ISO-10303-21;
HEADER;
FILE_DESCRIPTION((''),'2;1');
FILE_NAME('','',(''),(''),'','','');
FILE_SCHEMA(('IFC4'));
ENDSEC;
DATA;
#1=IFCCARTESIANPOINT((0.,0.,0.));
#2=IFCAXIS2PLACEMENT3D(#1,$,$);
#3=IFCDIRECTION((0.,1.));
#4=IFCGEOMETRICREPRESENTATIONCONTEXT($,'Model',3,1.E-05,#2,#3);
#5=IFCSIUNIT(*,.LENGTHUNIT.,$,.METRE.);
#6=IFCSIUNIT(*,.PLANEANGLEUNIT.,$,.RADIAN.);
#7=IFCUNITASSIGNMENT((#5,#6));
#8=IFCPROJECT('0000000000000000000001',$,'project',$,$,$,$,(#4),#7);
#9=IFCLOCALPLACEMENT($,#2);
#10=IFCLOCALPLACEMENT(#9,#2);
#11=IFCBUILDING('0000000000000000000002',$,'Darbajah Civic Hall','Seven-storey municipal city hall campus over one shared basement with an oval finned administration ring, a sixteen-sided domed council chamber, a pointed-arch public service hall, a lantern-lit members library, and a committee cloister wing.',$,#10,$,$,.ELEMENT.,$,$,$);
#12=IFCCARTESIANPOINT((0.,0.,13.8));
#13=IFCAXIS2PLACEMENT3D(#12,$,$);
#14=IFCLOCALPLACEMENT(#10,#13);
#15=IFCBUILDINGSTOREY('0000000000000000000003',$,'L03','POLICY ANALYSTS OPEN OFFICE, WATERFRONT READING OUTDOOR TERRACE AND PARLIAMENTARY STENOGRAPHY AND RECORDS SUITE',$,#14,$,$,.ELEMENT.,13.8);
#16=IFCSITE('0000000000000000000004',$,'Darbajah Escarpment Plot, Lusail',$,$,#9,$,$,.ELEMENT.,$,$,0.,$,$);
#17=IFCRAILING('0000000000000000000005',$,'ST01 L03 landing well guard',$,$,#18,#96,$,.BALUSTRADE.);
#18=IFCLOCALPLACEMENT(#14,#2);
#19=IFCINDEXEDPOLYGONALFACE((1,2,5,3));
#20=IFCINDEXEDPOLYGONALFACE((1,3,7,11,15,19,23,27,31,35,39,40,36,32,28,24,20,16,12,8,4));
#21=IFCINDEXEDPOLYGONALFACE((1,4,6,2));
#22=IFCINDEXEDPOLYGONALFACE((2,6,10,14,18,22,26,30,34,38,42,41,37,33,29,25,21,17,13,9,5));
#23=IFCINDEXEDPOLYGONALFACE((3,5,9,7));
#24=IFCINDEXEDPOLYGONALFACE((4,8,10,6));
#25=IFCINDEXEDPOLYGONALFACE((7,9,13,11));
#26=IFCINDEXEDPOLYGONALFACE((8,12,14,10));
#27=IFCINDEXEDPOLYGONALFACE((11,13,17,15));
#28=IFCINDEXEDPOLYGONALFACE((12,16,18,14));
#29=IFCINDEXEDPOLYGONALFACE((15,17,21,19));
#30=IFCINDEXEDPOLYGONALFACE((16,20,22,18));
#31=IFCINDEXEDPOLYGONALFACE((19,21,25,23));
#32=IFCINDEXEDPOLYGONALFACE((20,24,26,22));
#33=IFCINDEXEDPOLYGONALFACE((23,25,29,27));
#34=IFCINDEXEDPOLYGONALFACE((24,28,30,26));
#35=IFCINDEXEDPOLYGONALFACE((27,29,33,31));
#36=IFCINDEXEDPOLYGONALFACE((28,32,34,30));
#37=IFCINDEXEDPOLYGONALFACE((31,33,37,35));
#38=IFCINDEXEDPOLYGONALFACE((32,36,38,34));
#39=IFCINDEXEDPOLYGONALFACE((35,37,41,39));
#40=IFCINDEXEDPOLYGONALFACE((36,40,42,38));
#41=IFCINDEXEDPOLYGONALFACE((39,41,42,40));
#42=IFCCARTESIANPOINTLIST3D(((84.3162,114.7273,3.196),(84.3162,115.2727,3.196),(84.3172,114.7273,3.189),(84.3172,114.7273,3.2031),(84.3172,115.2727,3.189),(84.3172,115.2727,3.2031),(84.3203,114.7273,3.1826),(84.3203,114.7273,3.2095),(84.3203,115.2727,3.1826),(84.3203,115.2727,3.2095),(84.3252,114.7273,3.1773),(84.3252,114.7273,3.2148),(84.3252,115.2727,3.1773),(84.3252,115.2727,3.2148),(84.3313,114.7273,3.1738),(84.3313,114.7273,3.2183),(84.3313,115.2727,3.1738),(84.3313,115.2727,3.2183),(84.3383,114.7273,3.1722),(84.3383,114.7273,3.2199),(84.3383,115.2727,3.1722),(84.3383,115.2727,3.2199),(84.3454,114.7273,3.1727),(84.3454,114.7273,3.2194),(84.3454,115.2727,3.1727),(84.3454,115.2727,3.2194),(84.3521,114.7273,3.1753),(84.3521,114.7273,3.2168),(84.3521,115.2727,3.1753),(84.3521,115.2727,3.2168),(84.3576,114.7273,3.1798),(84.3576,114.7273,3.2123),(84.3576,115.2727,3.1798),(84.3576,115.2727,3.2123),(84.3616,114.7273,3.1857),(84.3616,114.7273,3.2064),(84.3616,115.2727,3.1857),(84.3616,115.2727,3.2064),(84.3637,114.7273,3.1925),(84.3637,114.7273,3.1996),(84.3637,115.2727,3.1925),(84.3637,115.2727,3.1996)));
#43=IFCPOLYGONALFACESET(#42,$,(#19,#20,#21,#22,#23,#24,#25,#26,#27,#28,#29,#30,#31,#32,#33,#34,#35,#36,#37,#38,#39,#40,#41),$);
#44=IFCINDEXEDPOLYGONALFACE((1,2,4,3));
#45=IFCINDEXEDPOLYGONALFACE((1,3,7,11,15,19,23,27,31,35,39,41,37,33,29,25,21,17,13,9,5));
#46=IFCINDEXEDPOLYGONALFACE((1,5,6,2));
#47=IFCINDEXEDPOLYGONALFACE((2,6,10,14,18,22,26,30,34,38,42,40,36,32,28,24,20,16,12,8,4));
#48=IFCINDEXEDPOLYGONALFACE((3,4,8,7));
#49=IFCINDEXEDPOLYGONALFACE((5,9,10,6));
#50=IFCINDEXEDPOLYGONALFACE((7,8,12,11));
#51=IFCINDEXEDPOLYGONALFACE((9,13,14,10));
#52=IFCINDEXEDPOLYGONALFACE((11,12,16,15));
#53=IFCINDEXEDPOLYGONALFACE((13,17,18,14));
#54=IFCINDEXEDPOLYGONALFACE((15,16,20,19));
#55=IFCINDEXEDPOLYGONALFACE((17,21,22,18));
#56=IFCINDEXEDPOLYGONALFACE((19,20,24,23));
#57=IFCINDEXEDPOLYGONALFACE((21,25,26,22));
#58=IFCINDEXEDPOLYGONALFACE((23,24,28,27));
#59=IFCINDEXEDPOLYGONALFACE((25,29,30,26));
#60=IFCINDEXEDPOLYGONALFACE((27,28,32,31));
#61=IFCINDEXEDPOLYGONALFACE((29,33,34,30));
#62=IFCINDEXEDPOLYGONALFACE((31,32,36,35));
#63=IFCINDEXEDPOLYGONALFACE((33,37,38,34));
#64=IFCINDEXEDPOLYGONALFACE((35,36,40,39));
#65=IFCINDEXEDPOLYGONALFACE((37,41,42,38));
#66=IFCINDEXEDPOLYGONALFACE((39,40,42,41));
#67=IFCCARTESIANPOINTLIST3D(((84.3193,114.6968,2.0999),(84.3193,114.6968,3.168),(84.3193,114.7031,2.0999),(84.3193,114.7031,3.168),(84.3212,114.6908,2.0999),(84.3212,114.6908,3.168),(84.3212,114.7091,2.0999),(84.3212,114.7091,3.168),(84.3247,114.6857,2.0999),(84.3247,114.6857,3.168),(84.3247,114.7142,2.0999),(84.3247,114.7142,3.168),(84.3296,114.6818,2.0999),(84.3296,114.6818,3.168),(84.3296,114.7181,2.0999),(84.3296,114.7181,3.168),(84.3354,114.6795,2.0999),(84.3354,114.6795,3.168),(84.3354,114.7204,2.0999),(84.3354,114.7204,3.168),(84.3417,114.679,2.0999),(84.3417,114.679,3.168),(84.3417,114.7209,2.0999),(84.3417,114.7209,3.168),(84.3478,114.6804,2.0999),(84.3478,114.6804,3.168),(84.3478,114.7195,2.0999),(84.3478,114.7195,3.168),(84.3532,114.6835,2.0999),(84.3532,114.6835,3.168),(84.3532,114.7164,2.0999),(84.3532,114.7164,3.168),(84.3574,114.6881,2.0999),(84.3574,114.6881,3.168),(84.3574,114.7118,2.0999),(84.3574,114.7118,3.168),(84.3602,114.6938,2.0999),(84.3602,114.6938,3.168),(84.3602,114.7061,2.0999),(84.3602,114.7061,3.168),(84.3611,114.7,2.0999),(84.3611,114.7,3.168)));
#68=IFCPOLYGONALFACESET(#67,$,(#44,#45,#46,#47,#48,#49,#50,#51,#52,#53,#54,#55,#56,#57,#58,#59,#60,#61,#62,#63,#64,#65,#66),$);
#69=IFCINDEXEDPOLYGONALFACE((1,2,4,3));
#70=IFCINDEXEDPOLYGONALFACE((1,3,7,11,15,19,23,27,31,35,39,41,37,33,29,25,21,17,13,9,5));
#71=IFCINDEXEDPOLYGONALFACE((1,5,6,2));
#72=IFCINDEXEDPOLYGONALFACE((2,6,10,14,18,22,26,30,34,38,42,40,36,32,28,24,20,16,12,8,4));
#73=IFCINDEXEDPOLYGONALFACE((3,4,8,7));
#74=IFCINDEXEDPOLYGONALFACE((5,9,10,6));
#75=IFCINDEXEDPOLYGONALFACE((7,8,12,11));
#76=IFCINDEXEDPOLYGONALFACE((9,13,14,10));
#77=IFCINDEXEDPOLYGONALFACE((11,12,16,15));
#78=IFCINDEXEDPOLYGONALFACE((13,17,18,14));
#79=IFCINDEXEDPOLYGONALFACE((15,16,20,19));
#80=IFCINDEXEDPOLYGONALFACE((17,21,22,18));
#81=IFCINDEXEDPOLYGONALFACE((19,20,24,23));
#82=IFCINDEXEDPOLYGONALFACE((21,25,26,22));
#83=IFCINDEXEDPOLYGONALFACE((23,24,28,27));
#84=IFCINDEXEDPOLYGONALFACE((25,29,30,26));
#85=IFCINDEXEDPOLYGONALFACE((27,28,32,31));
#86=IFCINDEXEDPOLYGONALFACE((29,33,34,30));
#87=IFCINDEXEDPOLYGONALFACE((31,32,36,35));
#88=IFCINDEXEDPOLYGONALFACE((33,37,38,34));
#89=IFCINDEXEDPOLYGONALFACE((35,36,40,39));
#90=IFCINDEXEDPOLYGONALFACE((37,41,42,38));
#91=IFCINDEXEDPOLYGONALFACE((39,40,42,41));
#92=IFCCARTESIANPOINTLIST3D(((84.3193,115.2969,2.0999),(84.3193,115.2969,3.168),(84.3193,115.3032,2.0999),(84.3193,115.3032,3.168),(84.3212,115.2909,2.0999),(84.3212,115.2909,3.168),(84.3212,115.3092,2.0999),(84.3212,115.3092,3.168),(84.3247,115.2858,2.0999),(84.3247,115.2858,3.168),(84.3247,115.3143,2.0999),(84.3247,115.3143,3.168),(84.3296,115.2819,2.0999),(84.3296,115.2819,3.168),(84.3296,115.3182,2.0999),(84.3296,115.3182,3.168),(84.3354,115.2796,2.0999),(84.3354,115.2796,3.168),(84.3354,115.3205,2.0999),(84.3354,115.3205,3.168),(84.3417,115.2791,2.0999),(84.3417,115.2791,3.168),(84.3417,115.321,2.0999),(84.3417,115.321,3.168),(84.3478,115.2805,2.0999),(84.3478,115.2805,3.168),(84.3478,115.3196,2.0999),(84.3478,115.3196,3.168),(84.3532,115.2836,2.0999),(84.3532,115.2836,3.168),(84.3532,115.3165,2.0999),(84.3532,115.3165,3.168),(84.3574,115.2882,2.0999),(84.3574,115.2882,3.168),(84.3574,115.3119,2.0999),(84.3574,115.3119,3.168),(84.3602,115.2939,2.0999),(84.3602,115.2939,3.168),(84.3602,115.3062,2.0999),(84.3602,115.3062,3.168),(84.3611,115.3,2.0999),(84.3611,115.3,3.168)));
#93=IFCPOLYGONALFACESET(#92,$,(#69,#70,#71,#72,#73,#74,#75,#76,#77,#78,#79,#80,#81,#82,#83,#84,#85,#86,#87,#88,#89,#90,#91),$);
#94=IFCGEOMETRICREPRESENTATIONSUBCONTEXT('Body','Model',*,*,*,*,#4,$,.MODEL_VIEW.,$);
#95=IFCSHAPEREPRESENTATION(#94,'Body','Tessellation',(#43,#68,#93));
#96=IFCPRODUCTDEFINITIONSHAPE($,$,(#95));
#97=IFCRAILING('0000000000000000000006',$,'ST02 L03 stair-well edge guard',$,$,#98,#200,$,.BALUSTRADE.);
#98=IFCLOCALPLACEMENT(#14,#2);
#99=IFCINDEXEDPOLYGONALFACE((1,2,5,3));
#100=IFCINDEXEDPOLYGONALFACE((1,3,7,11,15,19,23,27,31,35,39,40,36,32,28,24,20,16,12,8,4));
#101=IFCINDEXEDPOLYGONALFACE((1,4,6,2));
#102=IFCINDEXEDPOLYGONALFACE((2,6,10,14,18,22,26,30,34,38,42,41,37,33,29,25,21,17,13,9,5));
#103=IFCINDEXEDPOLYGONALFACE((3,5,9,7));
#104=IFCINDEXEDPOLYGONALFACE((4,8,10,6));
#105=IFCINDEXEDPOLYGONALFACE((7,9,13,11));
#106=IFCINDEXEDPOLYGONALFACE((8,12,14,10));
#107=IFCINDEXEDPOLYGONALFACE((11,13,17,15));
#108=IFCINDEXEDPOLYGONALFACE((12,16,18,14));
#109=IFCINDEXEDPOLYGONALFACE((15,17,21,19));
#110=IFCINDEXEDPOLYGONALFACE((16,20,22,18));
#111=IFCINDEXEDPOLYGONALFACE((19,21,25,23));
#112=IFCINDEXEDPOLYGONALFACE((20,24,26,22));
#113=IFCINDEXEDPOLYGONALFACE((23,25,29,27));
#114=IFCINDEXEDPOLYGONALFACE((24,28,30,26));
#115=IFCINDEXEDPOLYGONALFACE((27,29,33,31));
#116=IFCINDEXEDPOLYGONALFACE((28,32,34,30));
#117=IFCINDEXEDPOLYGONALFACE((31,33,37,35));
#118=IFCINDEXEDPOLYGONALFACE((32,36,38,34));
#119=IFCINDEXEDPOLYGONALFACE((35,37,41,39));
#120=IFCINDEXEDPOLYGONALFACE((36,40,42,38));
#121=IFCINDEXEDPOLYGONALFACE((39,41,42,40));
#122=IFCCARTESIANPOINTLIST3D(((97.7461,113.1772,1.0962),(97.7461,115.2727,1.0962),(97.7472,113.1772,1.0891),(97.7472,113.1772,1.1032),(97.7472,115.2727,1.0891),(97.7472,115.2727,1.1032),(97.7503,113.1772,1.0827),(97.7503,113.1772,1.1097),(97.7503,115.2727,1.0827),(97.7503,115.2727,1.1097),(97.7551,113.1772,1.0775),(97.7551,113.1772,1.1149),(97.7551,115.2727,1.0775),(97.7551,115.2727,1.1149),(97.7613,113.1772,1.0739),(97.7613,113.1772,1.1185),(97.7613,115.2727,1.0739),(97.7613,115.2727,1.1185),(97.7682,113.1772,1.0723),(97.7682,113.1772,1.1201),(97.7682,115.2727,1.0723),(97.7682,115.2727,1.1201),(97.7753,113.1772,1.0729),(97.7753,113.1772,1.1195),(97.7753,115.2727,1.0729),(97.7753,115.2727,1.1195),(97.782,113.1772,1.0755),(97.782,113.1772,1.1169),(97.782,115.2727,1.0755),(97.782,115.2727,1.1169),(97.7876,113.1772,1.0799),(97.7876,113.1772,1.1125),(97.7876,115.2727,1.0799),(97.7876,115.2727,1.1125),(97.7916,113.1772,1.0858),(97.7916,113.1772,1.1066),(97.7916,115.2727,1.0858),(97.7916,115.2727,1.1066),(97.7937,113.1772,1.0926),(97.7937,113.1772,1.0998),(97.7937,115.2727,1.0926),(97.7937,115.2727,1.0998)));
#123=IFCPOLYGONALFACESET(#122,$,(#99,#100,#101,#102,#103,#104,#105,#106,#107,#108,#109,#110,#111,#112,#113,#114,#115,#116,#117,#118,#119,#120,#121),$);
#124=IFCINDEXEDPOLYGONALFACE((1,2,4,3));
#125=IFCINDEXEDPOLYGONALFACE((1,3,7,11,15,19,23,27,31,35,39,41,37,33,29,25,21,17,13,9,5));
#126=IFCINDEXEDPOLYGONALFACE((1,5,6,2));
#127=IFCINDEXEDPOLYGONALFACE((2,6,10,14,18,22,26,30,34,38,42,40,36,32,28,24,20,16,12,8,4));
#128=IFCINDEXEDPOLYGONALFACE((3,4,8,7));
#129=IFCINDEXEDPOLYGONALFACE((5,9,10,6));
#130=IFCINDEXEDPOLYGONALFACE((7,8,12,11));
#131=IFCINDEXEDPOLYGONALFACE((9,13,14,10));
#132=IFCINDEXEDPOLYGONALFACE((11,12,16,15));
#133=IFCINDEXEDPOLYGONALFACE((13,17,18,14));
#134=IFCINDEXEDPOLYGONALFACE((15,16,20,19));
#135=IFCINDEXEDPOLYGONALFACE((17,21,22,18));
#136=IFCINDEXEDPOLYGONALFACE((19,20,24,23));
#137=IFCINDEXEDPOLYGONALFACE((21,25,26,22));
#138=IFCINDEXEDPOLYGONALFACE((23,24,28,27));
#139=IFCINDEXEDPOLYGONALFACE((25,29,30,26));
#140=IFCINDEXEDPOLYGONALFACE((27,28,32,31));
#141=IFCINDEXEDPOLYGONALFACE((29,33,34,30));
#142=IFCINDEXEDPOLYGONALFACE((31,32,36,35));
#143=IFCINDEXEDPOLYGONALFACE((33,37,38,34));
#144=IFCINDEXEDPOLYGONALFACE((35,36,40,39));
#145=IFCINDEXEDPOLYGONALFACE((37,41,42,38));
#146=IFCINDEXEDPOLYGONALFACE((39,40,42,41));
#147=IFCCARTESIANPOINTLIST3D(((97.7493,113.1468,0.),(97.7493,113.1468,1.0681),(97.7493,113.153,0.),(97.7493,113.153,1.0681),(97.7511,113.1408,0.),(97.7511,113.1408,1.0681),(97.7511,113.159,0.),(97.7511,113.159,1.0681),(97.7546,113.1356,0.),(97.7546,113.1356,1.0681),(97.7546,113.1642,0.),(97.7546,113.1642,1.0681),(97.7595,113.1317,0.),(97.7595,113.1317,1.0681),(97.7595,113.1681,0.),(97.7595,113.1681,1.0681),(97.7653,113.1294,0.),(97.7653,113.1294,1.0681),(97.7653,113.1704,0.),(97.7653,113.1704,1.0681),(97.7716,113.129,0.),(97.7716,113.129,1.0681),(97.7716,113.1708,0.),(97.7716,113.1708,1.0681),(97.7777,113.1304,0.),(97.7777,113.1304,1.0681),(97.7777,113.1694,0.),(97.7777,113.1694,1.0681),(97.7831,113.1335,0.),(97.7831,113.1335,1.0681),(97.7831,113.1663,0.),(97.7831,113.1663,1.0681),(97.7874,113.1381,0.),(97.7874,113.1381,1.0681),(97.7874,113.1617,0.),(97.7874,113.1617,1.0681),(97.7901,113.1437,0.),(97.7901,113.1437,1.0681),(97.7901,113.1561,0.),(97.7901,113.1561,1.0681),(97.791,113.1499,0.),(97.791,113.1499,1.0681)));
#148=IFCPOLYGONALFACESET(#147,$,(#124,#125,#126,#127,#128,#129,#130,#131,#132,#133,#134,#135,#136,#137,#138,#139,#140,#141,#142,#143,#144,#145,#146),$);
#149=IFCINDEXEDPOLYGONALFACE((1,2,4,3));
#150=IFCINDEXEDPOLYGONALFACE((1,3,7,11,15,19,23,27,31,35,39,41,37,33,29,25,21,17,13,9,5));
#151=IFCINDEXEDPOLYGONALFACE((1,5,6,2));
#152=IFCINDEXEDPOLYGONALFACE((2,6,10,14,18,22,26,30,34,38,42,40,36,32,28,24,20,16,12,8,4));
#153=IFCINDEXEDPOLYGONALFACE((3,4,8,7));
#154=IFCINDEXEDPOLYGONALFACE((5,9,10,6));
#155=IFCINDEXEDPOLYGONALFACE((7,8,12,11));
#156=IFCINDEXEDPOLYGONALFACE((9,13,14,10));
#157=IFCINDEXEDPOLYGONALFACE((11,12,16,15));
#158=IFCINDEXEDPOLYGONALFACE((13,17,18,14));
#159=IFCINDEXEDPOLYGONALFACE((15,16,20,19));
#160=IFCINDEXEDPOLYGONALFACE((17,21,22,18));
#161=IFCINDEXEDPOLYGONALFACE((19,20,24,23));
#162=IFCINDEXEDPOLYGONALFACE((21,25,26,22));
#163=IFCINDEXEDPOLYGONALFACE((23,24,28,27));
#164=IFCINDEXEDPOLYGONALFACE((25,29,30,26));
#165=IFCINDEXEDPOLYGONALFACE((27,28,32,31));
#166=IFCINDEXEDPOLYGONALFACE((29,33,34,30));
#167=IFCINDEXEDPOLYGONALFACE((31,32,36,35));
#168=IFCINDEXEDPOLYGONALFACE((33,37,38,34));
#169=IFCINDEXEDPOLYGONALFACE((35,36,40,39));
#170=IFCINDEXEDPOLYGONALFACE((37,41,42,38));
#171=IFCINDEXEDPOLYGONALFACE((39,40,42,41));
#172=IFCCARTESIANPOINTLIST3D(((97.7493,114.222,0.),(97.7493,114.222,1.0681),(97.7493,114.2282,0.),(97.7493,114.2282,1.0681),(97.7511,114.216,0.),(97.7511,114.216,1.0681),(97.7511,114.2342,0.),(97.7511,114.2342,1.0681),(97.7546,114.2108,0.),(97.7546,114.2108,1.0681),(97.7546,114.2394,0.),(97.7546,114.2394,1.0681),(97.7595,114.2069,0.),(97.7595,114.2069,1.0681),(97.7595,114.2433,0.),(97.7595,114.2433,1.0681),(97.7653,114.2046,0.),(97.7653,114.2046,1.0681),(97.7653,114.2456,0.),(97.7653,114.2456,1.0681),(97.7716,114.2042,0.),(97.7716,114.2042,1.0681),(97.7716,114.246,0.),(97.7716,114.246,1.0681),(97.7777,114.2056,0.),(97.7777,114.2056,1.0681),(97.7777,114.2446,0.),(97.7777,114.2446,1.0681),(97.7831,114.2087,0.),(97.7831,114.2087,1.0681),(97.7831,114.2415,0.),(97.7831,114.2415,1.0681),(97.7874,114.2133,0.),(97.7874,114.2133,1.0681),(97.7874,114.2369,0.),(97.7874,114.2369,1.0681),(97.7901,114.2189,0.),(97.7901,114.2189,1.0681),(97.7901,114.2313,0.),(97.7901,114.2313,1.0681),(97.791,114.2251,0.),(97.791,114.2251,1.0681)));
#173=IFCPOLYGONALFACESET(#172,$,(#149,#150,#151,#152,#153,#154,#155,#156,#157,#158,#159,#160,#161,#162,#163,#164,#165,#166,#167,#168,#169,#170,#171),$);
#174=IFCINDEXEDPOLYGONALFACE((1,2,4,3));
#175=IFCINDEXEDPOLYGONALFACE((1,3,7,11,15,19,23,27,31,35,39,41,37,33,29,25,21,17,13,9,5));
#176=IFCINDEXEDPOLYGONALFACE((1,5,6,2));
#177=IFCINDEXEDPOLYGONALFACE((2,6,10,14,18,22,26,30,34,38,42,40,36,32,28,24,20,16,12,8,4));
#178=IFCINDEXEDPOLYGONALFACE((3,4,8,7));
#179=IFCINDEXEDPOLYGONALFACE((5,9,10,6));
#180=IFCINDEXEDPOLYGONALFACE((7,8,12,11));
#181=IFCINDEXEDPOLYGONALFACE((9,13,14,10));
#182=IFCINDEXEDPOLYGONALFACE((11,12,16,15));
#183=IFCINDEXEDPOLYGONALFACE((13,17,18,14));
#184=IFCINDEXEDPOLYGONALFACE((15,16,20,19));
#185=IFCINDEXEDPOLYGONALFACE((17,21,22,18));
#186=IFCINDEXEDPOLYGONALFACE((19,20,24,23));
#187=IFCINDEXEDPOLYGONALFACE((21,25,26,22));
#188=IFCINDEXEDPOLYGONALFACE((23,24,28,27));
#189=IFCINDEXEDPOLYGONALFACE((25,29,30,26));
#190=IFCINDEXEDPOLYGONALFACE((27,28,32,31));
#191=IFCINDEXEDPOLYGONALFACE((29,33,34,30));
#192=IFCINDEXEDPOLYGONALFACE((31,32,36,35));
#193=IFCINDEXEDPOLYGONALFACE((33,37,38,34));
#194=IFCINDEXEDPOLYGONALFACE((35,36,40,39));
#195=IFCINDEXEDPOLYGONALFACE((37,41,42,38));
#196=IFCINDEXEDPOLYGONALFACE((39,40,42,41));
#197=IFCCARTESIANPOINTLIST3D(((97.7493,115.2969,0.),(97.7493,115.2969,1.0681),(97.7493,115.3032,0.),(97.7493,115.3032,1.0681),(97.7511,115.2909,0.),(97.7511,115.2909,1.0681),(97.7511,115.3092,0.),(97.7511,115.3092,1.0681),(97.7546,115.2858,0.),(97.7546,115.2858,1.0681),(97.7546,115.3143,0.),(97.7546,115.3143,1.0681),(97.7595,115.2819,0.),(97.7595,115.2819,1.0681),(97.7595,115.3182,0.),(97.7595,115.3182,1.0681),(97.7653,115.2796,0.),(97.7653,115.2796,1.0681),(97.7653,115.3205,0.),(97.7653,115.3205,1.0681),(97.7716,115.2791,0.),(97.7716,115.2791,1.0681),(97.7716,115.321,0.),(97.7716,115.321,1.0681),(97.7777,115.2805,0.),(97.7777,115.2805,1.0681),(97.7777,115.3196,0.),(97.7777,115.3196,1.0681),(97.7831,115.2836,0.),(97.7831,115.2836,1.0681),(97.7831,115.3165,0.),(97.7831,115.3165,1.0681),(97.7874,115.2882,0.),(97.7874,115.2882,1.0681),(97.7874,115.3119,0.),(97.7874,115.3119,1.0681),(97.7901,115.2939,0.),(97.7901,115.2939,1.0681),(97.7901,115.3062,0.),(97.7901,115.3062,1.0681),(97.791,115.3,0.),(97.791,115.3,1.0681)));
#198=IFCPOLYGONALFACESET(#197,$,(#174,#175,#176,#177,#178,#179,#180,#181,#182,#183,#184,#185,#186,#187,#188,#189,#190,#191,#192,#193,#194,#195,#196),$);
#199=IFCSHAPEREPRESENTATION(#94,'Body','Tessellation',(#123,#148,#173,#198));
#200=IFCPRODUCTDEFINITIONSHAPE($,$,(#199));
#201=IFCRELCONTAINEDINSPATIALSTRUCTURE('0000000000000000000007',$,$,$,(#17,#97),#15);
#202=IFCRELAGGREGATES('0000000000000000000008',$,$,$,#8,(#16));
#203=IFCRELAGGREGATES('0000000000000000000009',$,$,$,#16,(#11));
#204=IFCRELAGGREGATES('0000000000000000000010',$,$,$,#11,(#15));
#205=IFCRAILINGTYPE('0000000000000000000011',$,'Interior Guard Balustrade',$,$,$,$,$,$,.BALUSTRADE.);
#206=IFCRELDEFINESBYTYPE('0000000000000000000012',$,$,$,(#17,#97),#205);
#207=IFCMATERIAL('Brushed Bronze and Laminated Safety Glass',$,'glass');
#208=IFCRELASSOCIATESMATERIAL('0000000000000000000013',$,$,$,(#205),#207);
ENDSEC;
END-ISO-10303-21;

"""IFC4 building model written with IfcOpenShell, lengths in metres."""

from ifc_helpers import new_model, si_unit, direction, frame, origin, origin_2d, place, context, subcontext, project, spatial, circle, extrude, material, type_object, element, save


model = new_model("IFC4")

# Units and contexts
model_context = context("Model", 3, precision=1e-05, world=origin(), true_north=direction((0.0, 1.0)))
body_context = subcontext(model_context, "Body", "Model", "MODEL_VIEW")
ifc_project = project(units=[si_unit("LENGTHUNIT", "METRE"), si_unit("PLANEANGLEUNIT", "RADIAN")], contexts=[model_context])

# Site, building, storey
site_placement = place(None, origin())
site = spatial("IfcSite", under=ifc_project, at=site_placement, Name="Darbajah Escarpment Plot, Lusail", CompositionType="ELEMENT", RefElevation=0.0)
building_placement = place(site_placement, origin())
building = spatial("IfcBuilding", under=site, at=building_placement, Name="Darbajah Civic Hall", Description="Seven-storey municipal city hall campus over one shared basement with an oval finned administration ring, a sixteen-sided domed council chamber, a pointed-arch public service hall, a lantern-lit members library, and a committee cloister wing.", CompositionType="ELEMENT")
storey_placement = place(building_placement, frame((0.0, 0.0, 13.8)))
storey = spatial("IfcBuildingStorey", under=building, at=storey_placement, Name="L03", Description="POLICY ANALYSTS OPEN OFFICE, WATERFRONT READING OUTDOOR TERRACE AND PARLIAMENTARY STENOGRAPHY AND RECORDS SUITE", CompositionType="ELEMENT", Elevation=13.8)

# Railings
ifc_material_1 = material(Name="Brushed Bronze and Laminated Safety Glass", Category="glass")
railing_type_1 = type_object("IfcRailingType", Name="Interior Guard Balustrade", PredefinedType="BALUSTRADE", material=ifc_material_1)
railing_1_placement = place(storey_placement, frame((84.3401, 114.7, 2.0999)))
element("IfcRailing", 1, at=railing_1_placement, inside=storey, type_object=railing_type_1, Name="ST01 L03 landing well guard", PredefinedType="BALUSTRADE", context=body_context, shape_type="SweptSolid", body=[
    extrude(circle(Radius=0.0239, at=origin_2d()), frame((0.0, 0.0273, 1.0962), z_axis=(0.0, 1.0, 0.0), x_axis=(-1.0, 0.0, 0.0)), (0.0, 0.0, 1.0), 0.5454),
    extrude(circle(Radius=0.021, at=origin_2d()), origin(), (0.0, 0.0, 1.0), 1.0681),
    extrude(circle(Radius=0.021, at=origin_2d()), frame((0.0, 0.6001, 0.0)), (0.0, 0.0, 1.0), 1.0681),
])
railing_2_placement = place(storey_placement, frame((97.77, 113.1499, 0.0)))
element("IfcRailing", 2, at=railing_2_placement, inside=storey, type_object=railing_type_1, Name="ST02 L03 stair-well edge guard", PredefinedType="BALUSTRADE", context=body_context, shape_type="SweptSolid", body=[
    extrude(circle(Radius=0.0239, at=origin_2d()), frame((0.0, 0.0273, 1.0962), z_axis=(0.0, 1.0, 0.0), x_axis=(-1.0, 0.0, 0.0)), (0.0, 0.0, 1.0), 2.0955),
    extrude(circle(Radius=0.021, at=origin_2d()), origin(), (0.0, 0.0, 1.0), 1.0681),
    extrude(circle(Radius=0.021, at=origin_2d()), frame((0.0, 1.0752, 0.0)), (0.0, 0.0, 1.0), 1.0681),
    extrude(circle(Radius=0.021, at=origin_2d()), frame((0.0, 2.1501, 0.0)), (0.0, 0.0, 1.0), 1.0681),
])

save(model, "model.ifc")
